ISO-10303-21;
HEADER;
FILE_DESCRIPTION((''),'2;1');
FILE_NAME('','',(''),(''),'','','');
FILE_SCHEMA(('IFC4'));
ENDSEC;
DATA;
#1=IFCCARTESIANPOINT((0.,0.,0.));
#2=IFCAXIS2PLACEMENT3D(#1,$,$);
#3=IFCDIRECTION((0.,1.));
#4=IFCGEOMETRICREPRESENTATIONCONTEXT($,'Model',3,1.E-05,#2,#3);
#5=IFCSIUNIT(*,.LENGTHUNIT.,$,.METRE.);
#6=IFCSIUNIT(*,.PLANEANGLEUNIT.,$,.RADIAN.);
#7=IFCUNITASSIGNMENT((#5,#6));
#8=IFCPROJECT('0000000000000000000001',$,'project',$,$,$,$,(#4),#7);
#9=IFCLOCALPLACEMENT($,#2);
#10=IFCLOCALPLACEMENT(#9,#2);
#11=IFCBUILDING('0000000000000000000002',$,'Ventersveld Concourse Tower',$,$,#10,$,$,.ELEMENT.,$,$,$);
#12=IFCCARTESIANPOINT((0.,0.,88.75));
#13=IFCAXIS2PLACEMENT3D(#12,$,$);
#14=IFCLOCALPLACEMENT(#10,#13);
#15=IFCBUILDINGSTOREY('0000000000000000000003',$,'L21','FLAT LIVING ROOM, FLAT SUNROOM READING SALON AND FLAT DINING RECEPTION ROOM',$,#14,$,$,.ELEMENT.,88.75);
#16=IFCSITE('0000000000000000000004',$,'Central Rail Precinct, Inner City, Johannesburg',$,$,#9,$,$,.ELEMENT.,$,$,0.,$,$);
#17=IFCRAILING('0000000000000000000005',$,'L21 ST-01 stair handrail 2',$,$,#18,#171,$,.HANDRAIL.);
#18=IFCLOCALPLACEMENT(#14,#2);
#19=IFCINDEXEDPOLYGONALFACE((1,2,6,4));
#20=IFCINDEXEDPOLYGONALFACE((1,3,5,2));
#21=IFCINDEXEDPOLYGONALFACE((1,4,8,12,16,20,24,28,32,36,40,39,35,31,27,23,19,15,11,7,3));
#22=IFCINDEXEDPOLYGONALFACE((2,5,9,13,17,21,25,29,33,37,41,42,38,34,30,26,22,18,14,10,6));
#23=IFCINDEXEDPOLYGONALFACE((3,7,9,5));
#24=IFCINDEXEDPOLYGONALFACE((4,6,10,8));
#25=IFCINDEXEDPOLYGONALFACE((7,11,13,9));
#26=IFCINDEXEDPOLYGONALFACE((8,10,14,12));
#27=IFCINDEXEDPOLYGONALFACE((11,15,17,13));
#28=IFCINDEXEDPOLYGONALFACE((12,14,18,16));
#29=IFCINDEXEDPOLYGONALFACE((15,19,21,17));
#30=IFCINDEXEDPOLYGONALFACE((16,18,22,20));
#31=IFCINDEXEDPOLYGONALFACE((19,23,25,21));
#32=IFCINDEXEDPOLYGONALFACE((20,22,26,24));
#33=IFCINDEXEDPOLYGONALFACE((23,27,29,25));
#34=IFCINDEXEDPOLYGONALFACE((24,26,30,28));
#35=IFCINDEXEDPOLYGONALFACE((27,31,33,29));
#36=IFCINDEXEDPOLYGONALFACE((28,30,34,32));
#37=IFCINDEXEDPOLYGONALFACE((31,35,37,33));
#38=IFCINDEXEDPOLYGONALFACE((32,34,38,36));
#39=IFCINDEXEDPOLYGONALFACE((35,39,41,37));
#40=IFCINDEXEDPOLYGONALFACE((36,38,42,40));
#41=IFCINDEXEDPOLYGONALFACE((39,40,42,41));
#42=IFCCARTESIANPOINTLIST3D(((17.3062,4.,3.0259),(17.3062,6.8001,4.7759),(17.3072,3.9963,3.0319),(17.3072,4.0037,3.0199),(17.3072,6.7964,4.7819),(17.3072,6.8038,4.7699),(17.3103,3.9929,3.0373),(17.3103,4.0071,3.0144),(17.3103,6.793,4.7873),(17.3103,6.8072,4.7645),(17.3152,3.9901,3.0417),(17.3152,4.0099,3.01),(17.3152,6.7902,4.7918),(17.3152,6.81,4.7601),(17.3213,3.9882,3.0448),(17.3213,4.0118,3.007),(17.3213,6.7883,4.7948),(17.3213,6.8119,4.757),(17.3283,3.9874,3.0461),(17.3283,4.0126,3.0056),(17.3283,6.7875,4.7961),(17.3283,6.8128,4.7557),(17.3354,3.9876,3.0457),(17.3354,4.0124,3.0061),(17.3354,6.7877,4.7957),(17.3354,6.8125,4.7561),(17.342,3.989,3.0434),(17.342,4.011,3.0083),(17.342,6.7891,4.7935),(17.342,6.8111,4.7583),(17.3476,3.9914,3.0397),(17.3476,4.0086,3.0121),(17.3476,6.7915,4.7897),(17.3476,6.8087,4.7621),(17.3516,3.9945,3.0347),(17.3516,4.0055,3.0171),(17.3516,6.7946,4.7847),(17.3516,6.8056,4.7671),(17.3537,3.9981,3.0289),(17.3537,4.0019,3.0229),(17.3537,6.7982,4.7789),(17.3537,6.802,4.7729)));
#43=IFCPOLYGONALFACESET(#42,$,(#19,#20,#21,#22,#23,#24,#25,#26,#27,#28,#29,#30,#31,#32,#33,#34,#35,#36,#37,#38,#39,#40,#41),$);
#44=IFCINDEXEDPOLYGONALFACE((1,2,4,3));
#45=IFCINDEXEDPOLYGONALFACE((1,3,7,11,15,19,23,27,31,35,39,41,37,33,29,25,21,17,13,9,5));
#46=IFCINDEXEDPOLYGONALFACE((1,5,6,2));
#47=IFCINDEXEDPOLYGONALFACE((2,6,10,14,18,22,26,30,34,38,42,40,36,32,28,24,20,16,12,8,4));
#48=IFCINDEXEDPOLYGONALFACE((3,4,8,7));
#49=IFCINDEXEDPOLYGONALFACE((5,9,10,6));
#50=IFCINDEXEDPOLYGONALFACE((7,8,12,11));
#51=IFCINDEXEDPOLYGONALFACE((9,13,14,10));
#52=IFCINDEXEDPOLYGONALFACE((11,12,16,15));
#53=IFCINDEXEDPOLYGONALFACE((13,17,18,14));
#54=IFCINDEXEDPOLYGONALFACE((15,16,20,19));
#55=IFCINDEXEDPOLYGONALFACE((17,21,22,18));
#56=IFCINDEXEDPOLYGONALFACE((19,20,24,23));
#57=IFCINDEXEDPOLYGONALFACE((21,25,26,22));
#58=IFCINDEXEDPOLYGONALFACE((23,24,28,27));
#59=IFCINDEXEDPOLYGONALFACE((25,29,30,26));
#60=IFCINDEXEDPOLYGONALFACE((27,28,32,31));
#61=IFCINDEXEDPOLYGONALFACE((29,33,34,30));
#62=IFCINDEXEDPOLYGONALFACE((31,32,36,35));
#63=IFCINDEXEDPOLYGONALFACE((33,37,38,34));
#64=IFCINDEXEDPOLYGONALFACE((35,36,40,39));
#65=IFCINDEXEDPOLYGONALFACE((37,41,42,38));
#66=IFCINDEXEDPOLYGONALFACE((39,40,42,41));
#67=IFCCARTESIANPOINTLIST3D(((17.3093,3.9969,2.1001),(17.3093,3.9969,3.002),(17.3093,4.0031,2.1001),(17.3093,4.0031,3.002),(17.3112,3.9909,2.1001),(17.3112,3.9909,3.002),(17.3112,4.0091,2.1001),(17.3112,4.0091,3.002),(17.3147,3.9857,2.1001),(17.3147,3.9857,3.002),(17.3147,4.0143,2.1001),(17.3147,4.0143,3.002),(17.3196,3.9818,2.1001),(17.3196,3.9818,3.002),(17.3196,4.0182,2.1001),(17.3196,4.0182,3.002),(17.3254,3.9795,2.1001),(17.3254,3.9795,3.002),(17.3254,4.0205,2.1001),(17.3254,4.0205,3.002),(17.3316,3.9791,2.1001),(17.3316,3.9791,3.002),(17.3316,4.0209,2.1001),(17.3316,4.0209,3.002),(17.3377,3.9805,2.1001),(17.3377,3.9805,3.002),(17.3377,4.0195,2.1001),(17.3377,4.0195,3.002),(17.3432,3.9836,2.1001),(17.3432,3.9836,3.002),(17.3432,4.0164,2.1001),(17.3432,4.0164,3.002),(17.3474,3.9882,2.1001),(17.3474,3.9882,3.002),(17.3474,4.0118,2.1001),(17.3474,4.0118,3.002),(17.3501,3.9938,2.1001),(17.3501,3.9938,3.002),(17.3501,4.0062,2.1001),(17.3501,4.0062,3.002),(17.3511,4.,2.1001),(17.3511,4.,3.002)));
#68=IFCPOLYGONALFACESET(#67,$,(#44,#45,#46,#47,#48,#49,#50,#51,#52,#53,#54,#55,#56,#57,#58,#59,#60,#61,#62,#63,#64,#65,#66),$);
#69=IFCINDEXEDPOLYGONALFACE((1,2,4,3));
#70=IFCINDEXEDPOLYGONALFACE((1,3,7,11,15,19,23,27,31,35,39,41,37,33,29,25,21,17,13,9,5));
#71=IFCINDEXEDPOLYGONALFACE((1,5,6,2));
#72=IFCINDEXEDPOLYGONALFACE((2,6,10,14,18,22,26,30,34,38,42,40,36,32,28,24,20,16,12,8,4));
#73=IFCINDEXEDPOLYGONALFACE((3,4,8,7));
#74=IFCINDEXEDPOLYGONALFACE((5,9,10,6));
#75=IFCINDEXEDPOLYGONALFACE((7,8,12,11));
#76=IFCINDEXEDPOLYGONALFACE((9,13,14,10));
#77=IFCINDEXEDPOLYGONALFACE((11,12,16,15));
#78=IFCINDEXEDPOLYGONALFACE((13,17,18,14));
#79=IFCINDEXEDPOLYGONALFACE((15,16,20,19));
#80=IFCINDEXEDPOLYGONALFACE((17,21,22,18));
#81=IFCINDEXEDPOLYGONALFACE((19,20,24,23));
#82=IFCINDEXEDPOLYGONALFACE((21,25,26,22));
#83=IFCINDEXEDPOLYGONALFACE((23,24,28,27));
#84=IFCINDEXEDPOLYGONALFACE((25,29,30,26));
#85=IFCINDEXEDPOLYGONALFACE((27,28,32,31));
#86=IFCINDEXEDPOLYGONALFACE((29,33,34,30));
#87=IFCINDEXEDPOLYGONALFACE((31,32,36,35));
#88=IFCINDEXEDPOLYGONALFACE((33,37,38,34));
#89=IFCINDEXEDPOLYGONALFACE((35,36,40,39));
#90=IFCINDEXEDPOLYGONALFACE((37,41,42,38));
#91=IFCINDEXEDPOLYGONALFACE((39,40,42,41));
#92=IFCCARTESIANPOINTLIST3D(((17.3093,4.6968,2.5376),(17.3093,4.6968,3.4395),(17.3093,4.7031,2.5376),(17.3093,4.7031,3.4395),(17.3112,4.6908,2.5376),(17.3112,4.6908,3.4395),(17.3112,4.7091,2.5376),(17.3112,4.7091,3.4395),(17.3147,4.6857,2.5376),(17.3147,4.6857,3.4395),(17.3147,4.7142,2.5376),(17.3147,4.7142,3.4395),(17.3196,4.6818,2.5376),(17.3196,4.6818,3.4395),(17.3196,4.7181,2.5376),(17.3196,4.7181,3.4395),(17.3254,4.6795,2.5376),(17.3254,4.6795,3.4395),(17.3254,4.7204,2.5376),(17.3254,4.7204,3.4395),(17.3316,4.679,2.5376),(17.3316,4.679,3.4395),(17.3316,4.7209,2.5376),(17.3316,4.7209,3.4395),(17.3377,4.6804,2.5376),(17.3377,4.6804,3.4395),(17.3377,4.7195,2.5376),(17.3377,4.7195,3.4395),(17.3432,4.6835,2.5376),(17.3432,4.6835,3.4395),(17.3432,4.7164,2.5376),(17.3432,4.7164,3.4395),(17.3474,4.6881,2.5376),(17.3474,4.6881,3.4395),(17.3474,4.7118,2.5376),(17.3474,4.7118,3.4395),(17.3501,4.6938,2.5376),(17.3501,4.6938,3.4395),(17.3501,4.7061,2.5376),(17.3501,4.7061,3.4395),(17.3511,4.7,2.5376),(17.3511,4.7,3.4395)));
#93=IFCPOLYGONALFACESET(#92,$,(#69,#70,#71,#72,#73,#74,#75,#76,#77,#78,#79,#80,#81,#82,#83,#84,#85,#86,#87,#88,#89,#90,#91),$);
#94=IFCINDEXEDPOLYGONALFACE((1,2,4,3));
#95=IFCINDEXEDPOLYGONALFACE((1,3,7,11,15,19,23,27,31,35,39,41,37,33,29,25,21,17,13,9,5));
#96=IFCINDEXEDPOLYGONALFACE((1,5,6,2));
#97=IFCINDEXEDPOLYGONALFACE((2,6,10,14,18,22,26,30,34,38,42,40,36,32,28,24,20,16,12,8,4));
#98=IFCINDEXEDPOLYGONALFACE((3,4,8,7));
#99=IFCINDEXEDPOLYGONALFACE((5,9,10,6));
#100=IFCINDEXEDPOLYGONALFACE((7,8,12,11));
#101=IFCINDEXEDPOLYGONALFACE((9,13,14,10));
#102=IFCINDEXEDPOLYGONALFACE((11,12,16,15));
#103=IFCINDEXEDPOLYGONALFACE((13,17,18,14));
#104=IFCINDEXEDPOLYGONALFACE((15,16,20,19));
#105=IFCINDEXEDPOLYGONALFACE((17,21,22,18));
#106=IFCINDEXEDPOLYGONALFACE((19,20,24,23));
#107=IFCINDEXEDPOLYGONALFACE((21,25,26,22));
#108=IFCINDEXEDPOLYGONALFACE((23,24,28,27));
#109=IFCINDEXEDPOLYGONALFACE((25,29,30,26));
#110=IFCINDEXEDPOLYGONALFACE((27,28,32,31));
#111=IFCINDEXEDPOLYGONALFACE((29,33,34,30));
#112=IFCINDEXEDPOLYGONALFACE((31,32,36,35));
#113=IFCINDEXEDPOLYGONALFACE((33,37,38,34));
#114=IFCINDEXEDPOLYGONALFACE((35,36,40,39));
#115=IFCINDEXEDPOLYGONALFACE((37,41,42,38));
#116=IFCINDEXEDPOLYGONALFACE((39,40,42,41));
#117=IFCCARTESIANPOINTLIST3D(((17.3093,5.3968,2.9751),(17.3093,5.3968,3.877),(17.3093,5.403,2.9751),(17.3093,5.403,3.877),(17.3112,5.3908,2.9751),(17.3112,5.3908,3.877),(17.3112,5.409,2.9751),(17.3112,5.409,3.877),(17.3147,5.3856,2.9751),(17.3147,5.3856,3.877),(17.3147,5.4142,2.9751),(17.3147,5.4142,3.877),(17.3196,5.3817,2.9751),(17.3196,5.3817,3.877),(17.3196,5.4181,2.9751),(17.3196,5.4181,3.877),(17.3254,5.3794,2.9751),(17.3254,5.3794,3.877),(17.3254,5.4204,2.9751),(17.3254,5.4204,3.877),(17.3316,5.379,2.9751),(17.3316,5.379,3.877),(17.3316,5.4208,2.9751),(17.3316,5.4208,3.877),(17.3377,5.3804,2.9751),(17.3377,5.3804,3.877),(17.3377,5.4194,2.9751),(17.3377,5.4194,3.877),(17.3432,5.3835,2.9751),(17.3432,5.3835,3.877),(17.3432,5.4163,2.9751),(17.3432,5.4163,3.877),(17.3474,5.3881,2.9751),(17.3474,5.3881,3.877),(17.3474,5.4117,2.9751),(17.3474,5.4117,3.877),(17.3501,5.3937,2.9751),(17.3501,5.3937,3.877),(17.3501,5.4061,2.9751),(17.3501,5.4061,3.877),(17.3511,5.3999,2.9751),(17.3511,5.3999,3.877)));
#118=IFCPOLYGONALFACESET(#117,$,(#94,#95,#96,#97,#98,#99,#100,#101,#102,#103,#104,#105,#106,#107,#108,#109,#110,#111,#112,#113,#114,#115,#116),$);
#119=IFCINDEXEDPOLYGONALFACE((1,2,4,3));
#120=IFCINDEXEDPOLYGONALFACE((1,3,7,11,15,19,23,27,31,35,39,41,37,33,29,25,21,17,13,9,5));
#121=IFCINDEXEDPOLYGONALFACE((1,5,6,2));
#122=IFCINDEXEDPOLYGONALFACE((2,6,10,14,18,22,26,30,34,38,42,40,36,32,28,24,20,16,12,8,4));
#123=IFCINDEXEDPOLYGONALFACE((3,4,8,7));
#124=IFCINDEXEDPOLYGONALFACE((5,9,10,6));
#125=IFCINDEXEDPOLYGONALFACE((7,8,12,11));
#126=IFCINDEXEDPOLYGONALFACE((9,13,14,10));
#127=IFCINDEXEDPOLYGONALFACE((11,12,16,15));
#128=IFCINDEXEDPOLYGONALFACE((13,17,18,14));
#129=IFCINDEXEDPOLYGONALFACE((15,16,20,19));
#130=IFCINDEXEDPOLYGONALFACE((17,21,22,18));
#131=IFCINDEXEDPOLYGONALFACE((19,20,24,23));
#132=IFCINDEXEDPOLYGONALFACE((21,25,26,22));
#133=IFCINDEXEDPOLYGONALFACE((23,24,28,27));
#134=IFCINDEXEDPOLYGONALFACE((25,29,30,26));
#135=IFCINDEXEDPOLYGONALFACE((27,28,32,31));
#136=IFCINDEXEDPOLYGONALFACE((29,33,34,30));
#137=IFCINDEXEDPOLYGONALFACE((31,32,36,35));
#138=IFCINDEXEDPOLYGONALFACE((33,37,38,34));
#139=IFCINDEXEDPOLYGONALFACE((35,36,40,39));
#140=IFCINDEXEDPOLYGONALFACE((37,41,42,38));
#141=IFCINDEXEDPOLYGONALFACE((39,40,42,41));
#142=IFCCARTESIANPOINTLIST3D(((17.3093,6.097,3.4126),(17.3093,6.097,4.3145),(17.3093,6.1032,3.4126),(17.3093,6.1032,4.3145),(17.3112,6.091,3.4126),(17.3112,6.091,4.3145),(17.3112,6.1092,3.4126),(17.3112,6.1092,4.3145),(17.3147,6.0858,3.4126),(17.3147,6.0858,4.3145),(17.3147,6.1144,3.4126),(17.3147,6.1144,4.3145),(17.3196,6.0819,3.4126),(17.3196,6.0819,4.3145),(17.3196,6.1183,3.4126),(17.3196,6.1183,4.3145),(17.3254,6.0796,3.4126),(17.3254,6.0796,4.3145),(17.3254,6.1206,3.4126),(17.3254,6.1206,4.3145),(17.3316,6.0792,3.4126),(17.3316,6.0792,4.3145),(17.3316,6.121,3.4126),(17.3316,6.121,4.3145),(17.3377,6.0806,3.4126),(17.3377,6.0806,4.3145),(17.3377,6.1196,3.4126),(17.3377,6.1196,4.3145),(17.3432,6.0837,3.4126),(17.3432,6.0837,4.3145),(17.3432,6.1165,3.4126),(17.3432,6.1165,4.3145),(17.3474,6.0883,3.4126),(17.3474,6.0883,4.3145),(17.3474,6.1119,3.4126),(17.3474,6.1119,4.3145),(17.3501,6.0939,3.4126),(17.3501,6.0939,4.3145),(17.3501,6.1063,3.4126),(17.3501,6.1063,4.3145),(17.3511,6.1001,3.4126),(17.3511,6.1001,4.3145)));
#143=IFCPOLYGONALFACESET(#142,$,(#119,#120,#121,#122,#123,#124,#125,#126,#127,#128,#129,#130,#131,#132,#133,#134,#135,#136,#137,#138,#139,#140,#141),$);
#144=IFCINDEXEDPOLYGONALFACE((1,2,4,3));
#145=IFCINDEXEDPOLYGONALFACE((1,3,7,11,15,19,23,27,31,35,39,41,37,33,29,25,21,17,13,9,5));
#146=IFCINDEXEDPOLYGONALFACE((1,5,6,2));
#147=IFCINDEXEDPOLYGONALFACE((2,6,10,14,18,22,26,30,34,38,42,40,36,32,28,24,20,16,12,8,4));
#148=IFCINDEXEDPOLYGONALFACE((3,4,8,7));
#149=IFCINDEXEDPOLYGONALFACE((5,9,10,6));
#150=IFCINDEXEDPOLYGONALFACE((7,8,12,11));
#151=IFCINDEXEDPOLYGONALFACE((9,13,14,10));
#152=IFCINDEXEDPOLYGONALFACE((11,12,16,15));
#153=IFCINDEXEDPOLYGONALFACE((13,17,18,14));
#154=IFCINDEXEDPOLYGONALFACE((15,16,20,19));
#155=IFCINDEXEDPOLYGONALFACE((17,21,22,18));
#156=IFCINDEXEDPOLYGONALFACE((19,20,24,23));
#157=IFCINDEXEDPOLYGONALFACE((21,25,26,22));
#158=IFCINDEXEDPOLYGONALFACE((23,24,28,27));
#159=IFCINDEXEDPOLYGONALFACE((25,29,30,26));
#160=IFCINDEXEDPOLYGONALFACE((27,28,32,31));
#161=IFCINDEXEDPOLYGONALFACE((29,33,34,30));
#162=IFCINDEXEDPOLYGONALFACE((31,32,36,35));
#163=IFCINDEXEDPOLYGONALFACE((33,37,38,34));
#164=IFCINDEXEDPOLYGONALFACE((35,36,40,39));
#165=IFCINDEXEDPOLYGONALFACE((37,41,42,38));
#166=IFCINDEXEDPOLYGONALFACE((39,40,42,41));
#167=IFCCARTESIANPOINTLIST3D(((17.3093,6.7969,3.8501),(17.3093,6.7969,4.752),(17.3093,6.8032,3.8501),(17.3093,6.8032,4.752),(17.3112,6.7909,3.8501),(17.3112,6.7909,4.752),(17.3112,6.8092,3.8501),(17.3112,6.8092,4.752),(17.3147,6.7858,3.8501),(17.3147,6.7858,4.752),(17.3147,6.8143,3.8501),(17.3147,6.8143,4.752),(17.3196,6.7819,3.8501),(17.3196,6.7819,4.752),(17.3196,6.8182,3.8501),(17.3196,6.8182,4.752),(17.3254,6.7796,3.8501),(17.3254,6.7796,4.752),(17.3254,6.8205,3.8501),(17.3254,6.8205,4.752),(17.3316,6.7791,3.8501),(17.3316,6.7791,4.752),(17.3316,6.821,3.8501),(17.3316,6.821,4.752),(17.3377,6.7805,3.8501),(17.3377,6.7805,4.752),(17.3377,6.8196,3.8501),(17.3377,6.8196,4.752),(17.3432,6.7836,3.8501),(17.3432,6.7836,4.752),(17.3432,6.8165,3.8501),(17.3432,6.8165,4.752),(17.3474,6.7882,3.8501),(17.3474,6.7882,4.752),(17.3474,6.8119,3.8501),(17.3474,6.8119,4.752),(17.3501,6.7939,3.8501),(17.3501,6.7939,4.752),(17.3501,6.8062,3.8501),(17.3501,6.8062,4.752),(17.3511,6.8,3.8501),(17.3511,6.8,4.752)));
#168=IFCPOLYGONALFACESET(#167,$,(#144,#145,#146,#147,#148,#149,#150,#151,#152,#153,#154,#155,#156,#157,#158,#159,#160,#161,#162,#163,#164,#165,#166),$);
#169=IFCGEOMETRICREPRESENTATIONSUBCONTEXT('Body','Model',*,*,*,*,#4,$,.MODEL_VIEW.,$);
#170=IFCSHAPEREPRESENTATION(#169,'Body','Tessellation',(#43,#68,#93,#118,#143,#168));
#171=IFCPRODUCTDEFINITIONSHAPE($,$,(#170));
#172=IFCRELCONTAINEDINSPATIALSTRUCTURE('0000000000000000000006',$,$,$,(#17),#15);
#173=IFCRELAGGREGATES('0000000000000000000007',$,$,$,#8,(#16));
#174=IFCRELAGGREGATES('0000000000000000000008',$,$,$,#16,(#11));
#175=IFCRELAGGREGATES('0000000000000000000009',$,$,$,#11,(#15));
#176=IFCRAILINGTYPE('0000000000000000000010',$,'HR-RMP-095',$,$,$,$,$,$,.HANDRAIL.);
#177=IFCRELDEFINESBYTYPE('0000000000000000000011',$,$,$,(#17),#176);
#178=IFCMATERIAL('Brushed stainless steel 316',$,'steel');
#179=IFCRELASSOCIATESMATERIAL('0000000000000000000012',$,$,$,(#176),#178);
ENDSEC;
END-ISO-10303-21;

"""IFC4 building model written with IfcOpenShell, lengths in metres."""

from ifc_helpers import new_model, si_unit, direction, frame, origin, origin_2d, place, context, subcontext, project, spatial, circle, extrude, material, type_object, element, save


model = new_model("IFC4")

# Units and contexts
model_context = context("Model", 3, precision=1e-05, world=origin(), true_north=direction((0.0, 1.0)))
body_context = subcontext(model_context, "Body", "Model", "MODEL_VIEW")
ifc_project = project(units=[si_unit("LENGTHUNIT", "METRE"), si_unit("PLANEANGLEUNIT", "RADIAN")], contexts=[model_context])

# Site, building, storey
site_placement = place(None, origin())
site = spatial("IfcSite", under=ifc_project, at=site_placement, Name="Central Rail Precinct, Inner City, Johannesburg", CompositionType="ELEMENT", RefElevation=0.0)
building_placement = place(site_placement, origin())
building = spatial("IfcBuilding", under=site, at=building_placement, Name="Ventersveld Concourse Tower", CompositionType="ELEMENT")
storey_placement = place(building_placement, frame((0.0, 0.0, 88.75)))
storey = spatial("IfcBuildingStorey", under=building, at=storey_placement, Name="L21", Description="FLAT LIVING ROOM, FLAT SUNROOM READING SALON AND FLAT DINING RECEPTION ROOM", CompositionType="ELEMENT", Elevation=88.75)

# Shared definitions
ifc_material_1 = material(Name="Brushed stainless steel 316", Category="steel")

# Railing
railing_type_1 = type_object("IfcRailingType", Name="HR-RMP-095", PredefinedType="HANDRAIL", material=ifc_material_1)
railing_1_placement = place(storey_placement, frame((17.3301, 4.0, 2.1001)))
element("IfcRailing", 1, at=railing_1_placement, inside=storey, type_object=railing_type_1, Name="L21 ST-01 stair handrail 2", PredefinedType="HANDRAIL", context=body_context, shape_type="SweptSolid", body=[
    extrude(circle(Radius=0.0239, at=origin_2d()), frame((0.0, 0.0, 0.9258), z_axis=(0.0, 0.848002, 0.529992), x_axis=(-1.0, 0.0, 0.0)), (0.0, 0.0, 1.0), 3.302),
    extrude(circle(Radius=0.021, at=origin_2d()), origin(), (0.0, 0.0, 1.0), 0.9019),
    extrude(circle(Radius=0.021, at=origin_2d()), frame((0.0, 0.7, 0.4375)), (0.0, 0.0, 1.0), 0.9019),
    extrude(circle(Radius=0.021, at=origin_2d()), frame((0.0, 1.3999, 0.875)), (0.0, 0.0, 1.0), 0.9019),
    extrude(circle(Radius=0.021, at=origin_2d()), frame((0.0, 2.1001, 1.3125)), (0.0, 0.0, 1.0), 0.9019),
    extrude(circle(Radius=0.021, at=origin_2d()), frame((0.0, 2.8, 1.75)), (0.0, 0.0, 1.0), 0.9019),
])

save(model, "model.ifc")
